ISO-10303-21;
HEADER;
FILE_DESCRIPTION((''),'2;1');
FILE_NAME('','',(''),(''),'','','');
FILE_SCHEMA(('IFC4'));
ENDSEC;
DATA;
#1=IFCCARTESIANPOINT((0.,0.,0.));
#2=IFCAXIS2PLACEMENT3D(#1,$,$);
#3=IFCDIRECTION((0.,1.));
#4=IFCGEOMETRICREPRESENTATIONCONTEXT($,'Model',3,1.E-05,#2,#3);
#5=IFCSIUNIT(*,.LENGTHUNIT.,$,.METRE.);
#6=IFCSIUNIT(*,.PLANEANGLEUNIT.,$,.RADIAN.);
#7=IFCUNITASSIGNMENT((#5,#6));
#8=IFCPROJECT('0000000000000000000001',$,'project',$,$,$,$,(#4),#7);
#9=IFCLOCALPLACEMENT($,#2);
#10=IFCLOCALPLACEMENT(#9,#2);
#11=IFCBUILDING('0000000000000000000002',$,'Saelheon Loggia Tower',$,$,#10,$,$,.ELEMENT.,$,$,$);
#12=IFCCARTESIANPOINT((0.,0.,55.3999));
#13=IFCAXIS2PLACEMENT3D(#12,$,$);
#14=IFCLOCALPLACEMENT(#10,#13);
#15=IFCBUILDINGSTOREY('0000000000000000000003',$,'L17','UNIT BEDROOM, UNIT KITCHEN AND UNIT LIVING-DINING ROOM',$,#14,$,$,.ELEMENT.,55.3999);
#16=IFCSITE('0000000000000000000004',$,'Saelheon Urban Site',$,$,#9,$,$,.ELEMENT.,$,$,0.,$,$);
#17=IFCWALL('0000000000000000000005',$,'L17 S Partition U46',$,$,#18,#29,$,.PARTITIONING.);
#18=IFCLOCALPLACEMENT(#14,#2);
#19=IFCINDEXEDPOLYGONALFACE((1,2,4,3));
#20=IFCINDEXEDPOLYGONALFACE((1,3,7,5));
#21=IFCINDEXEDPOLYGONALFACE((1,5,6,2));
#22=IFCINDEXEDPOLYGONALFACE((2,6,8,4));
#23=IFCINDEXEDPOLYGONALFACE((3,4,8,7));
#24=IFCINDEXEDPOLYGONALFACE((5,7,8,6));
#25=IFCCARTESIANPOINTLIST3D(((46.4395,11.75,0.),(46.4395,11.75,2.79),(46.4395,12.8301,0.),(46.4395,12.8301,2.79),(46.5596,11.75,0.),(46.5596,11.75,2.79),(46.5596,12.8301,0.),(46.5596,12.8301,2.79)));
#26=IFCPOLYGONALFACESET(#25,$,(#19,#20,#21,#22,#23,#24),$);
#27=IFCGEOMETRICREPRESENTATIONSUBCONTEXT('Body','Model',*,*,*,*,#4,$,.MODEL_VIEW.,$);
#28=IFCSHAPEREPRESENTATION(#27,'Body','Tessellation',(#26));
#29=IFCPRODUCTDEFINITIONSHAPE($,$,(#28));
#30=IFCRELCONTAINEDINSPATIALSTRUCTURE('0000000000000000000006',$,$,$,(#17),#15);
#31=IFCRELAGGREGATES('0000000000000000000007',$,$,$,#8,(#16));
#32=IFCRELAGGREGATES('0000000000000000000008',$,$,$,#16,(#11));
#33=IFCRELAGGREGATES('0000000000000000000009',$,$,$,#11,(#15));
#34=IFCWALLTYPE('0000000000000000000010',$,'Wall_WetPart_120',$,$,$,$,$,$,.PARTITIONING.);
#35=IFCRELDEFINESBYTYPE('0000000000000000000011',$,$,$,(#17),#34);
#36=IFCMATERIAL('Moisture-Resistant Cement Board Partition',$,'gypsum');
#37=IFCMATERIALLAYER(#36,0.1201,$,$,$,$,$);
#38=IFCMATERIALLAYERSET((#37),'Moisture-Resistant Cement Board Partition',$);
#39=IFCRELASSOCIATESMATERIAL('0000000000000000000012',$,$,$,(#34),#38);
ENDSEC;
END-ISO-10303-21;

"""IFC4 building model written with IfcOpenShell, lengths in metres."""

from ifc_helpers import new_model, si_unit, direction, frame, frame_2d, origin, place, context, subcontext, project, spatial, rectangle, extrude, material, layer, layer_set, type_object, element, save


model = new_model("IFC4")

# Units and contexts
model_context = context("Model", 3, precision=1e-05, world=origin(), true_north=direction((0.0, 1.0)))
body_context = subcontext(model_context, "Body", "Model", "MODEL_VIEW")
ifc_project = project(units=[si_unit("LENGTHUNIT", "METRE"), si_unit("PLANEANGLEUNIT", "RADIAN")], contexts=[model_context])

# Site, building, storey
site_placement = place(None, origin())
site = spatial("IfcSite", under=ifc_project, at=site_placement, Name="Saelheon Urban Site", CompositionType="ELEMENT", RefElevation=0.0)
building_placement = place(site_placement, origin())
building = spatial("IfcBuilding", under=site, at=building_placement, Name="Saelheon Loggia Tower", CompositionType="ELEMENT")
storey_placement = place(building_placement, frame((0.0, 0.0, 55.3999)))
storey = spatial("IfcBuildingStorey", under=building, at=storey_placement, Name="L17", Description="UNIT BEDROOM, UNIT KITCHEN AND UNIT LIVING-DINING ROOM", CompositionType="ELEMENT", Elevation=55.3999)

# Wall
ifc_material_1 = material(Name="Moisture-Resistant Cement Board Partition", Category="gypsum")
ifc_layer_1 = layer(ifc_material_1, 0.1201)
ifc_layer_set_1 = layer_set([ifc_layer_1], Name="Moisture-Resistant Cement Board Partition")
wall_type_1 = type_object("IfcWallType", Name="Wall_WetPart_120", PredefinedType="PARTITIONING", material=ifc_layer_set_1)
wall_1_placement = place(storey_placement, frame((46.4995, 12.8301, 0.0), z_axis=(0.0, 0.0, 1.0), x_axis=(0.0, -1.0, 0.0)))
element("IfcWall", 1, at=wall_1_placement, inside=storey, type_object=wall_type_1, Name="L17 S Partition U46", PredefinedType="PARTITIONING", context=body_context, shape_type="SweptSolid", body=[
    extrude(rectangle(XDim=1.0801, YDim=0.1201, at=frame_2d((0.54, 0.0))), origin(), (0.0, 0.0, 1.0), 2.79),
])

save(model, "model.ifc")
